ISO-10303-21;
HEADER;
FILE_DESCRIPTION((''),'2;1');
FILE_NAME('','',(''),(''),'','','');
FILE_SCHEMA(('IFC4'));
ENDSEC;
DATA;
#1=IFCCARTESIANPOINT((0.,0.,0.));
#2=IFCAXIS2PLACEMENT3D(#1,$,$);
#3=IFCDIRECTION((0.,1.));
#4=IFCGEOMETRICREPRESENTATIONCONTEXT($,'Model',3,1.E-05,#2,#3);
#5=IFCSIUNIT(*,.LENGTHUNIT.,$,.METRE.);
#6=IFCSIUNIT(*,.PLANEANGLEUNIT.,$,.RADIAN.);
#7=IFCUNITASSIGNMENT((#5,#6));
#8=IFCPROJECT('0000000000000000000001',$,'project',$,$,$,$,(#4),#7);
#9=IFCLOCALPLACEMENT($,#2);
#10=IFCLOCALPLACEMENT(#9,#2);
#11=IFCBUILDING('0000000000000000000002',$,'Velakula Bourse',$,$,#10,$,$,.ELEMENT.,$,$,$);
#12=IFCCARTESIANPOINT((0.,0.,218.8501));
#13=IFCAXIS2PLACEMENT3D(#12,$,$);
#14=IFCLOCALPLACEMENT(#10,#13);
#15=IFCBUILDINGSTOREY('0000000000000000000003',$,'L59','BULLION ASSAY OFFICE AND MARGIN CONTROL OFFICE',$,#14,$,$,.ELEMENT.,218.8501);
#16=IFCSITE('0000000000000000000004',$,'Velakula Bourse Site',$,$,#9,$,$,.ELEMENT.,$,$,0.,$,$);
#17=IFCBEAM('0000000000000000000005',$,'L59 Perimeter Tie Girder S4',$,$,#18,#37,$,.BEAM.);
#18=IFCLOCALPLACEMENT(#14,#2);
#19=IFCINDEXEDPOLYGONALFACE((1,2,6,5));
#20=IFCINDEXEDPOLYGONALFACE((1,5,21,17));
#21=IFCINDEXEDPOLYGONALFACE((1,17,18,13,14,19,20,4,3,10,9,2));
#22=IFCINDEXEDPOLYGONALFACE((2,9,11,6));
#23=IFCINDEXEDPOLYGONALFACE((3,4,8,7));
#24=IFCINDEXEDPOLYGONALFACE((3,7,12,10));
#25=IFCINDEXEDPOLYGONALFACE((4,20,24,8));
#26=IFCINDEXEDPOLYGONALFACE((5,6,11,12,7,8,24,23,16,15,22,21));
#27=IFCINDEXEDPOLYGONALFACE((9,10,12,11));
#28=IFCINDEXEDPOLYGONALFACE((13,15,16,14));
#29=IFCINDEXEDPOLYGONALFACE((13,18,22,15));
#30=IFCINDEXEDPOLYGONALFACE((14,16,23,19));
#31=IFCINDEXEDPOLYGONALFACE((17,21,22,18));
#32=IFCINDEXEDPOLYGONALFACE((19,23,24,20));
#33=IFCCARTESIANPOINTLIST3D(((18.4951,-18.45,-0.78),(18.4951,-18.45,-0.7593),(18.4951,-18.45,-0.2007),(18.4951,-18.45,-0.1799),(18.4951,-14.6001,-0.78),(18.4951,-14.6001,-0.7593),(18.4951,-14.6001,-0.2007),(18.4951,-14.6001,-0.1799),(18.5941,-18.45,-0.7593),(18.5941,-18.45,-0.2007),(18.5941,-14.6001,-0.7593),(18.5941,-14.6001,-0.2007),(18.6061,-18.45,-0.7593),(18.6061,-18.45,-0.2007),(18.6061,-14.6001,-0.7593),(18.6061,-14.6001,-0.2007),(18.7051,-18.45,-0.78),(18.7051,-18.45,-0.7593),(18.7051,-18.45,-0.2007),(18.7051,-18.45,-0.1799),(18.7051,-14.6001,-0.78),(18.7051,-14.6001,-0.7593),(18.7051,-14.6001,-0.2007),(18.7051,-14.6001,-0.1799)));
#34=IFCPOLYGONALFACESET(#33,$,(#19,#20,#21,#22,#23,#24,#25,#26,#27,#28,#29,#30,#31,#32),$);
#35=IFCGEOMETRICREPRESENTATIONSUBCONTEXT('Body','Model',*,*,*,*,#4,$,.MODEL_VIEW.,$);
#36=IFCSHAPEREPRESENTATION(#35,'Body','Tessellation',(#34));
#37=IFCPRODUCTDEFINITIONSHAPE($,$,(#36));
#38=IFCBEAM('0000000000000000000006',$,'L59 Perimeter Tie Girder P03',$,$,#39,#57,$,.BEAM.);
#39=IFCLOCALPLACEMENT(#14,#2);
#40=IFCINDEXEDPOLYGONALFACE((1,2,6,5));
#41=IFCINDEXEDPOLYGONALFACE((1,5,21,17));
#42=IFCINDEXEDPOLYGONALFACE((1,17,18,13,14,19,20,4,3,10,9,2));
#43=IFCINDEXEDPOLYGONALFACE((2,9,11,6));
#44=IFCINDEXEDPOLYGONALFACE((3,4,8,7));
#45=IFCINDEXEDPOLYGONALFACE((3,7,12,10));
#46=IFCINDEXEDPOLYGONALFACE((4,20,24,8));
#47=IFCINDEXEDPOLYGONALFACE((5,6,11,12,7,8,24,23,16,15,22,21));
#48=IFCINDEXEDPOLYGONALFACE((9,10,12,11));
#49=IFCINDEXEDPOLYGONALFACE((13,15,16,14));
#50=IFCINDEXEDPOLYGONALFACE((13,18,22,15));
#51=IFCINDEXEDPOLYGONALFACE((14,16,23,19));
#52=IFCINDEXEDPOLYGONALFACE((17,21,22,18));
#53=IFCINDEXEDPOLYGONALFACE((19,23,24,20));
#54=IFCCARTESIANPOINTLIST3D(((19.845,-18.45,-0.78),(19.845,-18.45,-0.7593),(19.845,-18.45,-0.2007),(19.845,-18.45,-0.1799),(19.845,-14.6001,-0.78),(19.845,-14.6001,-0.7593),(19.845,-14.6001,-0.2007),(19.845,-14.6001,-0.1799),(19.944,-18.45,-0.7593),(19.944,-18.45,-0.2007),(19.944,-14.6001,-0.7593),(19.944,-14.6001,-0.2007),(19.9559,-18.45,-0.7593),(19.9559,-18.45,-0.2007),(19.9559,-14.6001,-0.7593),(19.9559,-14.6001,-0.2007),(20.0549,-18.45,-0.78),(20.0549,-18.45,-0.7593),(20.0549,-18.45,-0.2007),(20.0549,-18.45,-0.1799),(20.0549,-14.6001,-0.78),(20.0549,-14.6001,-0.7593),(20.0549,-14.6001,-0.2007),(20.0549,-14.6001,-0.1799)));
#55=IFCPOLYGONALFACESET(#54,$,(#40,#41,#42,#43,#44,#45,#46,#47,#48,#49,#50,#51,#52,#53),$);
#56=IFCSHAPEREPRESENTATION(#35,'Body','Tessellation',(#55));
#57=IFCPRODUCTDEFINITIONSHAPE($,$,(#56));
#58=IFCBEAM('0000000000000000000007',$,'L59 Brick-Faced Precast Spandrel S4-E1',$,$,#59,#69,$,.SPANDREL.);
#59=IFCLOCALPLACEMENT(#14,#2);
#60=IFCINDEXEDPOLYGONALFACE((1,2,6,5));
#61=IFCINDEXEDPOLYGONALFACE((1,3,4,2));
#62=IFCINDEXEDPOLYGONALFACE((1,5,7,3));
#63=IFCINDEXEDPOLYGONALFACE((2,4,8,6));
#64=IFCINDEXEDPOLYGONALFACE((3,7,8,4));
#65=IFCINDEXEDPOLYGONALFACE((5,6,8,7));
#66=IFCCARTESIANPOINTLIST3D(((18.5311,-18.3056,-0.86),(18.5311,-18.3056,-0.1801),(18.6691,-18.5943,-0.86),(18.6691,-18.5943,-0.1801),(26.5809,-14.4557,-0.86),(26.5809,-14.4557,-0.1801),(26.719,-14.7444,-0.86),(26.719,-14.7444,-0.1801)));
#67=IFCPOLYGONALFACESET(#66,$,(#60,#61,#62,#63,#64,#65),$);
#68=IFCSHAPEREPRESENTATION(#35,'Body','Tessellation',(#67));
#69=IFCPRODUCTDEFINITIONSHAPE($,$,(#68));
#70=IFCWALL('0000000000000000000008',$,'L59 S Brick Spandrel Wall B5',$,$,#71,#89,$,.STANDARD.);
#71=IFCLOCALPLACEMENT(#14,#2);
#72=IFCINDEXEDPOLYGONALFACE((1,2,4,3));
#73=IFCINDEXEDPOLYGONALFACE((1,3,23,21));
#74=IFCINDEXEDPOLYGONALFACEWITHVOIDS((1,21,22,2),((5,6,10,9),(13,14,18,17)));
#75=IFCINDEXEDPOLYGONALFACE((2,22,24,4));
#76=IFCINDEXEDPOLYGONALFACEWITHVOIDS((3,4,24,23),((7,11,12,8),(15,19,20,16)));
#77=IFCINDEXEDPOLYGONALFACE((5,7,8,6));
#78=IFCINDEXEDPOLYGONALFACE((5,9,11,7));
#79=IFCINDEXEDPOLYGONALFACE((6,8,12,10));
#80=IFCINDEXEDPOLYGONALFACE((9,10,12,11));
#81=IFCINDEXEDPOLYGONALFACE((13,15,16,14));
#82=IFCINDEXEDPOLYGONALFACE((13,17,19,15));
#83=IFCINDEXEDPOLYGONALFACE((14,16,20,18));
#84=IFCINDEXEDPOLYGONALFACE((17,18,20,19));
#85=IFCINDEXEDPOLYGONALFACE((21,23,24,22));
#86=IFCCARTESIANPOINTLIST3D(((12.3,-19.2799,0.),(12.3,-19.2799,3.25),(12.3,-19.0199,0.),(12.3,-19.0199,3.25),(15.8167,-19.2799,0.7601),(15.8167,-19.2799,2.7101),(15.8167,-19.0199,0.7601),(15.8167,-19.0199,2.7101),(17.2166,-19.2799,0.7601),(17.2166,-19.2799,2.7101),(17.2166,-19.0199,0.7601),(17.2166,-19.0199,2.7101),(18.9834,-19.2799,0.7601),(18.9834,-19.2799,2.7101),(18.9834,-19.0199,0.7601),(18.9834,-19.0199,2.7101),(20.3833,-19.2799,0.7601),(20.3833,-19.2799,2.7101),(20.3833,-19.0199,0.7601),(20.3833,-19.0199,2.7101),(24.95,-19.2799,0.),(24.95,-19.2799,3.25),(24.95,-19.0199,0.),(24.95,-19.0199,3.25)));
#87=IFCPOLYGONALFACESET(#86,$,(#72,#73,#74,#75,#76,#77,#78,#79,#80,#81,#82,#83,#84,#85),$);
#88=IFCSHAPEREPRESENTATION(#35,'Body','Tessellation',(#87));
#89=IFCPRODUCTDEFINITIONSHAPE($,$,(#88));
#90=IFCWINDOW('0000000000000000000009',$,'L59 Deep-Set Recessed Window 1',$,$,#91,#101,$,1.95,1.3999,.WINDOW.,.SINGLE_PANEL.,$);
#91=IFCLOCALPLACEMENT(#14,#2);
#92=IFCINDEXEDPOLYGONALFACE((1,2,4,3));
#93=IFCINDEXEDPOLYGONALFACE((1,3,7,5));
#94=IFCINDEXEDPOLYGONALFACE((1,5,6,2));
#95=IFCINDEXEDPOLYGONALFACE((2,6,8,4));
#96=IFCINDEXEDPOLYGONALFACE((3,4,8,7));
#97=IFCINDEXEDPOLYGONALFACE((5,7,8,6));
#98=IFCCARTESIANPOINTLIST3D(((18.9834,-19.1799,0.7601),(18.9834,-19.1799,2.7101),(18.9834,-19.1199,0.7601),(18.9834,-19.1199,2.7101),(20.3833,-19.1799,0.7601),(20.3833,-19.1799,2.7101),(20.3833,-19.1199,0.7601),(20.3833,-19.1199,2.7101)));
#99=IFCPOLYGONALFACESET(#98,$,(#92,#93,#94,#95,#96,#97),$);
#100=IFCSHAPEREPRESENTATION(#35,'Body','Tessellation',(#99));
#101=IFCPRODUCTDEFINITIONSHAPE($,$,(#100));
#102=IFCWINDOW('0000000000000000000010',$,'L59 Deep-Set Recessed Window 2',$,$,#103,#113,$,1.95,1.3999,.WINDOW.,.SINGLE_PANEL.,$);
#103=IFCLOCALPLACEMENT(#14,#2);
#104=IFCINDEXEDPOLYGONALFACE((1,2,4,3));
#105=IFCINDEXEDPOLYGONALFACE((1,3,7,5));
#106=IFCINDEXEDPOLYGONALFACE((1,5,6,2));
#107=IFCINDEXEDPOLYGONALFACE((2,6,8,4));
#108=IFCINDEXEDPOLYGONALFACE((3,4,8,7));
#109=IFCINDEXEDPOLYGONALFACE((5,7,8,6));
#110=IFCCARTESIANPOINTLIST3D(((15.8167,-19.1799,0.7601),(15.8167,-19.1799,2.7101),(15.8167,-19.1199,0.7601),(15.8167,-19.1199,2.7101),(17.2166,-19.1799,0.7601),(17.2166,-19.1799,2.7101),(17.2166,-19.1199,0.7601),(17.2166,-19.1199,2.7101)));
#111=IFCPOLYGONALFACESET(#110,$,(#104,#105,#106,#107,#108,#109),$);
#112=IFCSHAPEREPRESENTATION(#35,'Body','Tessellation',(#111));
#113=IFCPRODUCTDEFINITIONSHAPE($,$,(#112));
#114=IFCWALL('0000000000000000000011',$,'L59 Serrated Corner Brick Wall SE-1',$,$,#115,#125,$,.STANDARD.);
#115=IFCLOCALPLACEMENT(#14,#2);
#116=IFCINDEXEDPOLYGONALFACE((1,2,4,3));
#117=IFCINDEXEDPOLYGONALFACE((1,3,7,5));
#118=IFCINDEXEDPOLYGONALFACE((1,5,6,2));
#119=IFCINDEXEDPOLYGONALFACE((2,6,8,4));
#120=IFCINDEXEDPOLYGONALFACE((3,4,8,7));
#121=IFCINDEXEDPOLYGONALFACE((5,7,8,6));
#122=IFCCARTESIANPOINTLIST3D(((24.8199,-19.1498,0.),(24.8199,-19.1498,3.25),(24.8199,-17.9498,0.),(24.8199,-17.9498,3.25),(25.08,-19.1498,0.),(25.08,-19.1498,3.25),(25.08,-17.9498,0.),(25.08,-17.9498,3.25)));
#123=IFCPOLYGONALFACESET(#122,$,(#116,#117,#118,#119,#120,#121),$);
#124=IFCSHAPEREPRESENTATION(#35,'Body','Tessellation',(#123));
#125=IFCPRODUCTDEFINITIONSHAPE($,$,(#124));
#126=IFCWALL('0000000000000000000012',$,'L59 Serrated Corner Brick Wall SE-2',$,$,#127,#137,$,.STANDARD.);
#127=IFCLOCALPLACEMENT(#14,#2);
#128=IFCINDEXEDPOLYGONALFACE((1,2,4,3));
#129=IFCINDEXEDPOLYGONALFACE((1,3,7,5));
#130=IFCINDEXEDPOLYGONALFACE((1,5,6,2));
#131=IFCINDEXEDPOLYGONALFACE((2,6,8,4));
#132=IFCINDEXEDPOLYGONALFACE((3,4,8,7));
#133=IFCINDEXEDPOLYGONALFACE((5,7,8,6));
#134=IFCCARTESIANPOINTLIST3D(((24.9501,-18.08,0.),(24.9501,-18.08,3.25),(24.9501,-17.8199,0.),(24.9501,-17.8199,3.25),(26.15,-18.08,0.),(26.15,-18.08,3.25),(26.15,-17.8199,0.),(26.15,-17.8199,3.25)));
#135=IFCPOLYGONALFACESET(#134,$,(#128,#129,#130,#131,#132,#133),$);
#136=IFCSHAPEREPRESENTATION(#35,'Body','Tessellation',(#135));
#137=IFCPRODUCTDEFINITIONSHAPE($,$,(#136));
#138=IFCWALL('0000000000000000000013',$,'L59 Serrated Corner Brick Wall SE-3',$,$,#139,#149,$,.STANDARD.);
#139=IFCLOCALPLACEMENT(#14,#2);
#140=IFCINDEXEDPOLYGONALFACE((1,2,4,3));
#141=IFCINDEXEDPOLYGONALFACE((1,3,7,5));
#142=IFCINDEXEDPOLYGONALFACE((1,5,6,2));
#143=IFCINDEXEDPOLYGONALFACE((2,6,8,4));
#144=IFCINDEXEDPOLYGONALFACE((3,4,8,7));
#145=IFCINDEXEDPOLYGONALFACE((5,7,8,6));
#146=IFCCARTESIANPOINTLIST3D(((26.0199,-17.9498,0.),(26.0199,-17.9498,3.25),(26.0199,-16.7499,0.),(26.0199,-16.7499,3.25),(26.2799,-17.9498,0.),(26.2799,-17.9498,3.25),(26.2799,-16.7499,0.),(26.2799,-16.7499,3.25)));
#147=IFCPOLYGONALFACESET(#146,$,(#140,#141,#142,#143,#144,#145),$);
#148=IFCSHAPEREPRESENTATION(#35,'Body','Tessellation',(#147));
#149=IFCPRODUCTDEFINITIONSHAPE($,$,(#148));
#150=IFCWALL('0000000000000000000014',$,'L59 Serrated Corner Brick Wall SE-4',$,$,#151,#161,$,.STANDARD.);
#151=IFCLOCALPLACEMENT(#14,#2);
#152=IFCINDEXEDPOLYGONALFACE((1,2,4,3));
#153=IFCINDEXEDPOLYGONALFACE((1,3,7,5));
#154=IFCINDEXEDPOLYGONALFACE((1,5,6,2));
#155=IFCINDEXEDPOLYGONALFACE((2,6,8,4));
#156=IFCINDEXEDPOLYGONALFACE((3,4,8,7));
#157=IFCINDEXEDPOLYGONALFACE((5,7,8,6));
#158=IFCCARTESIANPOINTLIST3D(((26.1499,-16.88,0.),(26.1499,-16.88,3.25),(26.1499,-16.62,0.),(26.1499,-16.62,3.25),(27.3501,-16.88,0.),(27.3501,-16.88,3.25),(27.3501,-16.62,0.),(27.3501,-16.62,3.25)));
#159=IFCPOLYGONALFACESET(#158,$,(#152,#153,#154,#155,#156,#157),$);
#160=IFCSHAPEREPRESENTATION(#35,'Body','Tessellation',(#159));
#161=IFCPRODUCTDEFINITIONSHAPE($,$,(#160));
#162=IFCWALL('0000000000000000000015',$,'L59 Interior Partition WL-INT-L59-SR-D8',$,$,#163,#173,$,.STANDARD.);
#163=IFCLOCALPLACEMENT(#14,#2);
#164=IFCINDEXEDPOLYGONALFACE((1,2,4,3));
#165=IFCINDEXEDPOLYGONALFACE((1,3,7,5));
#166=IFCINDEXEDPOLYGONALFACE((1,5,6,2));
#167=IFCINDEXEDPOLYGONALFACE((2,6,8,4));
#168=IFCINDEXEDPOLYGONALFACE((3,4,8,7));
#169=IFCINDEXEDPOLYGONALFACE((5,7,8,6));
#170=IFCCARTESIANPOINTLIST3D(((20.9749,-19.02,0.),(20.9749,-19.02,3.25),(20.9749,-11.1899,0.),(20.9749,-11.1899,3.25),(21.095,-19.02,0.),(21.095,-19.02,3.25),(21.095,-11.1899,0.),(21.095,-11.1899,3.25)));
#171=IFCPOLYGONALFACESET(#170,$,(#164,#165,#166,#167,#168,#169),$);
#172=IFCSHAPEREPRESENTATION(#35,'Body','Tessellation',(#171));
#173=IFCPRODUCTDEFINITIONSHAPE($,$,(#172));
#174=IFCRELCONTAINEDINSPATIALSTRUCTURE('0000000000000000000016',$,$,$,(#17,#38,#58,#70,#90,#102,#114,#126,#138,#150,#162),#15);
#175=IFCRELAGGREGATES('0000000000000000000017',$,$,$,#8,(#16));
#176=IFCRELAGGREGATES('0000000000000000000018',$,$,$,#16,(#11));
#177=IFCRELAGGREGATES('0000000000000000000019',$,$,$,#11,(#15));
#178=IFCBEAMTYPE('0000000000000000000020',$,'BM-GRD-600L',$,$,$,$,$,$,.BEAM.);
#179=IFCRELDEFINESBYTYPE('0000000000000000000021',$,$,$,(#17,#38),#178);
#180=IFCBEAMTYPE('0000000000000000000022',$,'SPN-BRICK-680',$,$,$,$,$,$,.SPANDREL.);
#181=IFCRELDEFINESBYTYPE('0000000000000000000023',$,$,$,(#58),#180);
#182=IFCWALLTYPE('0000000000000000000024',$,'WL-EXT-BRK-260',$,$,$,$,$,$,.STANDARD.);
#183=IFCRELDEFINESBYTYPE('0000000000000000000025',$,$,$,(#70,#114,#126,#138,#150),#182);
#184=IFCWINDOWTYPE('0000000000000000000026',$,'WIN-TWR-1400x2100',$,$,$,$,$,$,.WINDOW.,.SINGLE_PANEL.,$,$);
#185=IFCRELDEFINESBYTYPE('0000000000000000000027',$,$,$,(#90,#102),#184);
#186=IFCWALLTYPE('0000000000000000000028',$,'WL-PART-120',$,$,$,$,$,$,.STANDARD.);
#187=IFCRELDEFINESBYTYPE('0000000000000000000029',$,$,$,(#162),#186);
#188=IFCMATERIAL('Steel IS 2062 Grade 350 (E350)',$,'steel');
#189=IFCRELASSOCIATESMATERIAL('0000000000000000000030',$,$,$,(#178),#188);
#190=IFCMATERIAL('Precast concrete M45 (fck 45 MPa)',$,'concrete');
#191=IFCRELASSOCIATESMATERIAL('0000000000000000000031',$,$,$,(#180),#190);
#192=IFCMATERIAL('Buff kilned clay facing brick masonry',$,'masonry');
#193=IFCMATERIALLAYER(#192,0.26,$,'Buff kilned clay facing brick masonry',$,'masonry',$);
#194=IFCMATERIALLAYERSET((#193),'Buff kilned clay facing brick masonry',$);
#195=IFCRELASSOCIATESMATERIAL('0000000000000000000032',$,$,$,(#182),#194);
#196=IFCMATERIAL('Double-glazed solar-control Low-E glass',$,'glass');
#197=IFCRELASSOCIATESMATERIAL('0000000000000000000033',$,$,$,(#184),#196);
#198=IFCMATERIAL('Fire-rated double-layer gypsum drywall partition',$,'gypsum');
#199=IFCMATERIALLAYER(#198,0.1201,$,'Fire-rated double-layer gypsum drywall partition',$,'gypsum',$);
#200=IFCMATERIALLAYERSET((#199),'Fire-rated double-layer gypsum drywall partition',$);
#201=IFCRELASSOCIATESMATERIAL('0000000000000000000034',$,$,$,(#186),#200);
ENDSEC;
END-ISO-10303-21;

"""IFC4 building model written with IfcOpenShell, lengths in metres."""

from ifc_helpers import new_model, si_unit, direction, frame, frame_2d, origin, origin_2d, place, context, subcontext, project, spatial, rectangle, i_section, extrude, material, layer, layer_set, material_profile, profile_set, type_object, element, fill, save


model = new_model("IFC4")

# Units and contexts
model_context = context("Model", 3, precision=1e-05, world=origin(), true_north=direction((0.0, 1.0)))
body_context = subcontext(model_context, "Body", "Model", "MODEL_VIEW")
ifc_project = project(units=[si_unit("LENGTHUNIT", "METRE"), si_unit("PLANEANGLEUNIT", "RADIAN")], contexts=[model_context])

# Site, building, storey
site_placement = place(None, origin())
site = spatial("IfcSite", under=ifc_project, at=site_placement, Name="Velakula Bourse Site", CompositionType="ELEMENT", RefElevation=0.0)
building_placement = place(site_placement, origin())
building = spatial("IfcBuilding", under=site, at=building_placement, Name="Velakula Bourse", CompositionType="ELEMENT")
storey_placement = place(building_placement, frame((0.0, 0.0, 218.8501)))
storey = spatial("IfcBuildingStorey", under=building, at=storey_placement, Name="L59", Description="BULLION ASSAY OFFICE AND MARGIN CONTROL OFFICE", CompositionType="ELEMENT", Elevation=218.8501)

# Shared definitions
ifc_material_1 = material(Name="Steel IS 2062 Grade 350 (E350)", Category="steel")
ifc_material_2 = material(Name="Precast concrete M45 (fck 45 MPa)", Category="concrete")

# Beams
ifc_material_profile_1 = material_profile(ifc_material_1, i_section(OverallWidth=0.21, OverallDepth=0.6001, WebThickness=0.012, FlangeThickness=0.0208, at=origin_2d()), Name="Steel IS 2062 Grade 350 (E350)")
ifc_profile_set_1 = profile_set([ifc_material_profile_1], Name="Steel IS 2062 Grade 350 (E350)")
beam_type_1 = type_object("IfcBeamType", Name="BM-GRD-600L", PredefinedType="BEAM", material=ifc_profile_set_1)
for number, where, z_axis, x_axis, name in (
    (1, (18.6001, -14.6001, -0.48), (0.0, -1.0, 0.0), (1.0, 0.0, 0.0), "L59 Perimeter Tie Girder S4"),
    (2, (19.95, -14.6001, -0.48), (0.0, -1.0, 0.0), (1.0, 0.0, 0.0), "L59 Perimeter Tie Girder P03"),
):
    element("IfcBeam", number, at=place(storey_placement, frame(where, z_axis=z_axis, x_axis=x_axis)), inside=storey, type_object=beam_type_1, Name=name, PredefinedType="BEAM", context=body_context, shape_type="SweptSolid", body=[
        extrude(i_section(OverallWidth=0.21, OverallDepth=0.6001, WebThickness=0.012, FlangeThickness=0.0208, at=origin_2d()), origin(), (0.0, 0.0, 1.0), 3.8499),
    ])
ifc_material_profile_2 = material_profile(ifc_material_2, rectangle(XDim=0.3201, YDim=0.6799, at=origin_2d()), Name="Precast concrete M45 (fck 45 MPa)")
ifc_profile_set_2 = profile_set([ifc_material_profile_2], Name="Precast concrete M45 (fck 45 MPa)")
beam_type_2 = type_object("IfcBeamType", Name="SPN-BRICK-680", PredefinedType="SPANDREL", material=ifc_profile_set_2)
beam_1_placement = place(storey_placement, frame((18.6001, -18.45, -0.52), z_axis=(0.902137, 0.431451, 0.0), x_axis=(-0.431451, 0.902137, 0.0)))
element("IfcBeam", 3, at=beam_1_placement, inside=storey, type_object=beam_type_2, Name="L59 Brick-Faced Precast Spandrel S4-E1", PredefinedType="SPANDREL", context=body_context, shape_type="SweptSolid", body=[
    extrude(rectangle(XDim=0.3201, YDim=0.6799, at=origin_2d()), origin(), (0.0, 0.0, 1.0), 8.9231),
])

# Wall, openings, windows
ifc_material_3 = material(Name="Buff kilned clay facing brick masonry", Category="masonry")
ifc_layer_1 = layer(ifc_material_3, 0.26, Name="Buff kilned clay facing brick masonry", Category="masonry")
ifc_layer_set_1 = layer_set([ifc_layer_1], Name="Buff kilned clay facing brick masonry")
wall_type_1 = type_object("IfcWallType", Name="WL-EXT-BRK-260", PredefinedType="STANDARD", material=ifc_layer_set_1)
wall_1_placement = place(storey_placement, frame((24.95, -19.1499, 0.0), z_axis=(0.0, 0.0, 1.0), x_axis=(-1.0, 0.0, 0.0)))
wall_1 = element("IfcWall", 4, at=wall_1_placement, inside=storey, type_object=wall_type_1, Name="L59 S Brick Spandrel Wall B5", PredefinedType="STANDARD", context=body_context, shape_type="SweptSolid", body=[
    extrude(rectangle(XDim=12.6499, YDim=0.26, at=frame_2d((6.325, 0.0))), origin(), (0.0, 0.0, 1.0), 3.25),
])
opening_1_placement = place(wall_1_placement, frame((4.5667, 0.0, 0.76)))
opening_1 = element("IfcOpeningElement", 5, at=opening_1_placement, cuts=wall_1, PredefinedType="OPENING", context=body_context, shape_type="SweptSolid", body=[
    extrude(rectangle(XDim=1.3999, YDim=1.95, at=frame_2d((0.7, 0.9751))), frame((0.0, 0.1399, 0.0), z_axis=(0.0, -1.0, 0.0), x_axis=(1.0, 0.0, 0.0)), (0.0, 0.0, 1.0), 0.28),
])
opening_2_placement = place(wall_1_placement, frame((7.7334, 0.0, 0.76)))
opening_2 = element("IfcOpeningElement", 6, at=opening_2_placement, cuts=wall_1, PredefinedType="OPENING", context=body_context, shape_type="SweptSolid", body=[
    extrude(rectangle(XDim=1.3999, YDim=1.95, at=frame_2d((0.7, 0.9751))), frame((0.0, 0.1399, 0.0), z_axis=(0.0, -1.0, 0.0), x_axis=(1.0, 0.0, 0.0)), (0.0, 0.0, 1.0), 0.28),
])
ifc_material_4 = material(Name="Double-glazed solar-control Low-E glass", Category="glass")
window_type = type_object("IfcWindowType", Name="WIN-TWR-1400x2100", PartitioningType="SINGLE_PANEL", PredefinedType="WINDOW", material=ifc_material_4)
window_1_placement = place(opening_1_placement, origin())
window_1 = element("IfcWindow", 7, at=window_1_placement, inside=storey, type_object=window_type, Name="L59 Deep-Set Recessed Window 1", OverallHeight=1.95, OverallWidth=1.3999, PartitioningType="SINGLE_PANEL", PredefinedType="WINDOW", context=body_context, shape_type="SweptSolid", body=[
    extrude(rectangle(XDim=1.3999, YDim=1.95, at=frame_2d((0.7, 0.9751))), frame((0.0, 0.03, 0.0), z_axis=(0.0, -1.0, 0.0), x_axis=(1.0, 0.0, 0.0)), (0.0, 0.0, 1.0), 0.0601),
])
fill(opening_1, window_1)
window_2_placement = place(opening_2_placement, origin())
window_2 = element("IfcWindow", 8, at=window_2_placement, inside=storey, type_object=window_type, Name="L59 Deep-Set Recessed Window 2", OverallHeight=1.95, OverallWidth=1.3999, PartitioningType="SINGLE_PANEL", PredefinedType="WINDOW", context=body_context, shape_type="SweptSolid", body=[
    extrude(rectangle(XDim=1.3999, YDim=1.95, at=frame_2d((0.7, 0.9751))), frame((0.0, 0.03, 0.0), z_axis=(0.0, -1.0, 0.0), x_axis=(1.0, 0.0, 0.0)), (0.0, 0.0, 1.0), 0.0601),
])
fill(opening_2, window_2)

# Walls
for number, where, z_axis, x_axis, name in (
    (9, (24.95, -19.1499, 0.0), (0.0, 0.0, 1.0), (0.0, 1.0, 0.0), "L59 Serrated Corner Brick Wall SE-1"),
    (10, (24.95, -17.95, 0.0), (0.0, 0.0, 1.0), (1.0, 0.0, 0.0), "L59 Serrated Corner Brick Wall SE-2"),
    (11, (26.1499, -17.95, 0.0), (0.0, 0.0, 1.0), (0.0, 1.0, 0.0), "L59 Serrated Corner Brick Wall SE-3"),
):
    element("IfcWall", number, at=place(storey_placement, frame(where, z_axis=z_axis, x_axis=x_axis)), inside=storey, type_object=wall_type_1, Name=name, PredefinedType="STANDARD", context=body_context, shape_type="SweptSolid", body=[
        extrude(rectangle(XDim=1.2, YDim=0.26, at=frame_2d((0.6001, 0.0))), origin(), (0.0, 0.0, 1.0), 3.25),
    ])
wall_2_placement = place(storey_placement, frame((26.1499, -16.75, 0.0), z_axis=(0.0, 0.0, 1.0), x_axis=(1.0, 0.0, 0.0)))
element("IfcWall", 12, at=wall_2_placement, inside=storey, type_object=wall_type_1, Name="L59 Serrated Corner Brick Wall SE-4", PredefinedType="STANDARD", context=body_context, shape_type="SweptSolid", body=[
    extrude(rectangle(XDim=1.2002, YDim=0.26, at=frame_2d((0.6001, 0.0))), origin(), (0.0, 0.0, 1.0), 3.25),
])
ifc_material_5 = material(Name="Fire-rated double-layer gypsum drywall partition", Category="gypsum")
ifc_layer_2 = layer(ifc_material_5, 0.1201, Name="Fire-rated double-layer gypsum drywall partition", Category="gypsum")
ifc_layer_set_2 = layer_set([ifc_layer_2], Name="Fire-rated double-layer gypsum drywall partition")
wall_type_2 = type_object("IfcWallType", Name="WL-PART-120", PredefinedType="STANDARD", material=ifc_layer_set_2)
wall_3_placement = place(storey_placement, frame((21.0349, -19.02, 0.0), z_axis=(0.0, 0.0, 1.0), x_axis=(0.0, 1.0, 0.0)))
element("IfcWall", 13, at=wall_3_placement, inside=storey, type_object=wall_type_2, Name="L59 Interior Partition WL-INT-L59-SR-D8", PredefinedType="STANDARD", context=body_context, shape_type="SweptSolid", body=[
    extrude(rectangle(XDim=7.8301, YDim=0.1201, at=frame_2d((3.915, 0.0))), origin(), (0.0, 0.0, 1.0), 3.25),
])

save(model, "model.ifc")
